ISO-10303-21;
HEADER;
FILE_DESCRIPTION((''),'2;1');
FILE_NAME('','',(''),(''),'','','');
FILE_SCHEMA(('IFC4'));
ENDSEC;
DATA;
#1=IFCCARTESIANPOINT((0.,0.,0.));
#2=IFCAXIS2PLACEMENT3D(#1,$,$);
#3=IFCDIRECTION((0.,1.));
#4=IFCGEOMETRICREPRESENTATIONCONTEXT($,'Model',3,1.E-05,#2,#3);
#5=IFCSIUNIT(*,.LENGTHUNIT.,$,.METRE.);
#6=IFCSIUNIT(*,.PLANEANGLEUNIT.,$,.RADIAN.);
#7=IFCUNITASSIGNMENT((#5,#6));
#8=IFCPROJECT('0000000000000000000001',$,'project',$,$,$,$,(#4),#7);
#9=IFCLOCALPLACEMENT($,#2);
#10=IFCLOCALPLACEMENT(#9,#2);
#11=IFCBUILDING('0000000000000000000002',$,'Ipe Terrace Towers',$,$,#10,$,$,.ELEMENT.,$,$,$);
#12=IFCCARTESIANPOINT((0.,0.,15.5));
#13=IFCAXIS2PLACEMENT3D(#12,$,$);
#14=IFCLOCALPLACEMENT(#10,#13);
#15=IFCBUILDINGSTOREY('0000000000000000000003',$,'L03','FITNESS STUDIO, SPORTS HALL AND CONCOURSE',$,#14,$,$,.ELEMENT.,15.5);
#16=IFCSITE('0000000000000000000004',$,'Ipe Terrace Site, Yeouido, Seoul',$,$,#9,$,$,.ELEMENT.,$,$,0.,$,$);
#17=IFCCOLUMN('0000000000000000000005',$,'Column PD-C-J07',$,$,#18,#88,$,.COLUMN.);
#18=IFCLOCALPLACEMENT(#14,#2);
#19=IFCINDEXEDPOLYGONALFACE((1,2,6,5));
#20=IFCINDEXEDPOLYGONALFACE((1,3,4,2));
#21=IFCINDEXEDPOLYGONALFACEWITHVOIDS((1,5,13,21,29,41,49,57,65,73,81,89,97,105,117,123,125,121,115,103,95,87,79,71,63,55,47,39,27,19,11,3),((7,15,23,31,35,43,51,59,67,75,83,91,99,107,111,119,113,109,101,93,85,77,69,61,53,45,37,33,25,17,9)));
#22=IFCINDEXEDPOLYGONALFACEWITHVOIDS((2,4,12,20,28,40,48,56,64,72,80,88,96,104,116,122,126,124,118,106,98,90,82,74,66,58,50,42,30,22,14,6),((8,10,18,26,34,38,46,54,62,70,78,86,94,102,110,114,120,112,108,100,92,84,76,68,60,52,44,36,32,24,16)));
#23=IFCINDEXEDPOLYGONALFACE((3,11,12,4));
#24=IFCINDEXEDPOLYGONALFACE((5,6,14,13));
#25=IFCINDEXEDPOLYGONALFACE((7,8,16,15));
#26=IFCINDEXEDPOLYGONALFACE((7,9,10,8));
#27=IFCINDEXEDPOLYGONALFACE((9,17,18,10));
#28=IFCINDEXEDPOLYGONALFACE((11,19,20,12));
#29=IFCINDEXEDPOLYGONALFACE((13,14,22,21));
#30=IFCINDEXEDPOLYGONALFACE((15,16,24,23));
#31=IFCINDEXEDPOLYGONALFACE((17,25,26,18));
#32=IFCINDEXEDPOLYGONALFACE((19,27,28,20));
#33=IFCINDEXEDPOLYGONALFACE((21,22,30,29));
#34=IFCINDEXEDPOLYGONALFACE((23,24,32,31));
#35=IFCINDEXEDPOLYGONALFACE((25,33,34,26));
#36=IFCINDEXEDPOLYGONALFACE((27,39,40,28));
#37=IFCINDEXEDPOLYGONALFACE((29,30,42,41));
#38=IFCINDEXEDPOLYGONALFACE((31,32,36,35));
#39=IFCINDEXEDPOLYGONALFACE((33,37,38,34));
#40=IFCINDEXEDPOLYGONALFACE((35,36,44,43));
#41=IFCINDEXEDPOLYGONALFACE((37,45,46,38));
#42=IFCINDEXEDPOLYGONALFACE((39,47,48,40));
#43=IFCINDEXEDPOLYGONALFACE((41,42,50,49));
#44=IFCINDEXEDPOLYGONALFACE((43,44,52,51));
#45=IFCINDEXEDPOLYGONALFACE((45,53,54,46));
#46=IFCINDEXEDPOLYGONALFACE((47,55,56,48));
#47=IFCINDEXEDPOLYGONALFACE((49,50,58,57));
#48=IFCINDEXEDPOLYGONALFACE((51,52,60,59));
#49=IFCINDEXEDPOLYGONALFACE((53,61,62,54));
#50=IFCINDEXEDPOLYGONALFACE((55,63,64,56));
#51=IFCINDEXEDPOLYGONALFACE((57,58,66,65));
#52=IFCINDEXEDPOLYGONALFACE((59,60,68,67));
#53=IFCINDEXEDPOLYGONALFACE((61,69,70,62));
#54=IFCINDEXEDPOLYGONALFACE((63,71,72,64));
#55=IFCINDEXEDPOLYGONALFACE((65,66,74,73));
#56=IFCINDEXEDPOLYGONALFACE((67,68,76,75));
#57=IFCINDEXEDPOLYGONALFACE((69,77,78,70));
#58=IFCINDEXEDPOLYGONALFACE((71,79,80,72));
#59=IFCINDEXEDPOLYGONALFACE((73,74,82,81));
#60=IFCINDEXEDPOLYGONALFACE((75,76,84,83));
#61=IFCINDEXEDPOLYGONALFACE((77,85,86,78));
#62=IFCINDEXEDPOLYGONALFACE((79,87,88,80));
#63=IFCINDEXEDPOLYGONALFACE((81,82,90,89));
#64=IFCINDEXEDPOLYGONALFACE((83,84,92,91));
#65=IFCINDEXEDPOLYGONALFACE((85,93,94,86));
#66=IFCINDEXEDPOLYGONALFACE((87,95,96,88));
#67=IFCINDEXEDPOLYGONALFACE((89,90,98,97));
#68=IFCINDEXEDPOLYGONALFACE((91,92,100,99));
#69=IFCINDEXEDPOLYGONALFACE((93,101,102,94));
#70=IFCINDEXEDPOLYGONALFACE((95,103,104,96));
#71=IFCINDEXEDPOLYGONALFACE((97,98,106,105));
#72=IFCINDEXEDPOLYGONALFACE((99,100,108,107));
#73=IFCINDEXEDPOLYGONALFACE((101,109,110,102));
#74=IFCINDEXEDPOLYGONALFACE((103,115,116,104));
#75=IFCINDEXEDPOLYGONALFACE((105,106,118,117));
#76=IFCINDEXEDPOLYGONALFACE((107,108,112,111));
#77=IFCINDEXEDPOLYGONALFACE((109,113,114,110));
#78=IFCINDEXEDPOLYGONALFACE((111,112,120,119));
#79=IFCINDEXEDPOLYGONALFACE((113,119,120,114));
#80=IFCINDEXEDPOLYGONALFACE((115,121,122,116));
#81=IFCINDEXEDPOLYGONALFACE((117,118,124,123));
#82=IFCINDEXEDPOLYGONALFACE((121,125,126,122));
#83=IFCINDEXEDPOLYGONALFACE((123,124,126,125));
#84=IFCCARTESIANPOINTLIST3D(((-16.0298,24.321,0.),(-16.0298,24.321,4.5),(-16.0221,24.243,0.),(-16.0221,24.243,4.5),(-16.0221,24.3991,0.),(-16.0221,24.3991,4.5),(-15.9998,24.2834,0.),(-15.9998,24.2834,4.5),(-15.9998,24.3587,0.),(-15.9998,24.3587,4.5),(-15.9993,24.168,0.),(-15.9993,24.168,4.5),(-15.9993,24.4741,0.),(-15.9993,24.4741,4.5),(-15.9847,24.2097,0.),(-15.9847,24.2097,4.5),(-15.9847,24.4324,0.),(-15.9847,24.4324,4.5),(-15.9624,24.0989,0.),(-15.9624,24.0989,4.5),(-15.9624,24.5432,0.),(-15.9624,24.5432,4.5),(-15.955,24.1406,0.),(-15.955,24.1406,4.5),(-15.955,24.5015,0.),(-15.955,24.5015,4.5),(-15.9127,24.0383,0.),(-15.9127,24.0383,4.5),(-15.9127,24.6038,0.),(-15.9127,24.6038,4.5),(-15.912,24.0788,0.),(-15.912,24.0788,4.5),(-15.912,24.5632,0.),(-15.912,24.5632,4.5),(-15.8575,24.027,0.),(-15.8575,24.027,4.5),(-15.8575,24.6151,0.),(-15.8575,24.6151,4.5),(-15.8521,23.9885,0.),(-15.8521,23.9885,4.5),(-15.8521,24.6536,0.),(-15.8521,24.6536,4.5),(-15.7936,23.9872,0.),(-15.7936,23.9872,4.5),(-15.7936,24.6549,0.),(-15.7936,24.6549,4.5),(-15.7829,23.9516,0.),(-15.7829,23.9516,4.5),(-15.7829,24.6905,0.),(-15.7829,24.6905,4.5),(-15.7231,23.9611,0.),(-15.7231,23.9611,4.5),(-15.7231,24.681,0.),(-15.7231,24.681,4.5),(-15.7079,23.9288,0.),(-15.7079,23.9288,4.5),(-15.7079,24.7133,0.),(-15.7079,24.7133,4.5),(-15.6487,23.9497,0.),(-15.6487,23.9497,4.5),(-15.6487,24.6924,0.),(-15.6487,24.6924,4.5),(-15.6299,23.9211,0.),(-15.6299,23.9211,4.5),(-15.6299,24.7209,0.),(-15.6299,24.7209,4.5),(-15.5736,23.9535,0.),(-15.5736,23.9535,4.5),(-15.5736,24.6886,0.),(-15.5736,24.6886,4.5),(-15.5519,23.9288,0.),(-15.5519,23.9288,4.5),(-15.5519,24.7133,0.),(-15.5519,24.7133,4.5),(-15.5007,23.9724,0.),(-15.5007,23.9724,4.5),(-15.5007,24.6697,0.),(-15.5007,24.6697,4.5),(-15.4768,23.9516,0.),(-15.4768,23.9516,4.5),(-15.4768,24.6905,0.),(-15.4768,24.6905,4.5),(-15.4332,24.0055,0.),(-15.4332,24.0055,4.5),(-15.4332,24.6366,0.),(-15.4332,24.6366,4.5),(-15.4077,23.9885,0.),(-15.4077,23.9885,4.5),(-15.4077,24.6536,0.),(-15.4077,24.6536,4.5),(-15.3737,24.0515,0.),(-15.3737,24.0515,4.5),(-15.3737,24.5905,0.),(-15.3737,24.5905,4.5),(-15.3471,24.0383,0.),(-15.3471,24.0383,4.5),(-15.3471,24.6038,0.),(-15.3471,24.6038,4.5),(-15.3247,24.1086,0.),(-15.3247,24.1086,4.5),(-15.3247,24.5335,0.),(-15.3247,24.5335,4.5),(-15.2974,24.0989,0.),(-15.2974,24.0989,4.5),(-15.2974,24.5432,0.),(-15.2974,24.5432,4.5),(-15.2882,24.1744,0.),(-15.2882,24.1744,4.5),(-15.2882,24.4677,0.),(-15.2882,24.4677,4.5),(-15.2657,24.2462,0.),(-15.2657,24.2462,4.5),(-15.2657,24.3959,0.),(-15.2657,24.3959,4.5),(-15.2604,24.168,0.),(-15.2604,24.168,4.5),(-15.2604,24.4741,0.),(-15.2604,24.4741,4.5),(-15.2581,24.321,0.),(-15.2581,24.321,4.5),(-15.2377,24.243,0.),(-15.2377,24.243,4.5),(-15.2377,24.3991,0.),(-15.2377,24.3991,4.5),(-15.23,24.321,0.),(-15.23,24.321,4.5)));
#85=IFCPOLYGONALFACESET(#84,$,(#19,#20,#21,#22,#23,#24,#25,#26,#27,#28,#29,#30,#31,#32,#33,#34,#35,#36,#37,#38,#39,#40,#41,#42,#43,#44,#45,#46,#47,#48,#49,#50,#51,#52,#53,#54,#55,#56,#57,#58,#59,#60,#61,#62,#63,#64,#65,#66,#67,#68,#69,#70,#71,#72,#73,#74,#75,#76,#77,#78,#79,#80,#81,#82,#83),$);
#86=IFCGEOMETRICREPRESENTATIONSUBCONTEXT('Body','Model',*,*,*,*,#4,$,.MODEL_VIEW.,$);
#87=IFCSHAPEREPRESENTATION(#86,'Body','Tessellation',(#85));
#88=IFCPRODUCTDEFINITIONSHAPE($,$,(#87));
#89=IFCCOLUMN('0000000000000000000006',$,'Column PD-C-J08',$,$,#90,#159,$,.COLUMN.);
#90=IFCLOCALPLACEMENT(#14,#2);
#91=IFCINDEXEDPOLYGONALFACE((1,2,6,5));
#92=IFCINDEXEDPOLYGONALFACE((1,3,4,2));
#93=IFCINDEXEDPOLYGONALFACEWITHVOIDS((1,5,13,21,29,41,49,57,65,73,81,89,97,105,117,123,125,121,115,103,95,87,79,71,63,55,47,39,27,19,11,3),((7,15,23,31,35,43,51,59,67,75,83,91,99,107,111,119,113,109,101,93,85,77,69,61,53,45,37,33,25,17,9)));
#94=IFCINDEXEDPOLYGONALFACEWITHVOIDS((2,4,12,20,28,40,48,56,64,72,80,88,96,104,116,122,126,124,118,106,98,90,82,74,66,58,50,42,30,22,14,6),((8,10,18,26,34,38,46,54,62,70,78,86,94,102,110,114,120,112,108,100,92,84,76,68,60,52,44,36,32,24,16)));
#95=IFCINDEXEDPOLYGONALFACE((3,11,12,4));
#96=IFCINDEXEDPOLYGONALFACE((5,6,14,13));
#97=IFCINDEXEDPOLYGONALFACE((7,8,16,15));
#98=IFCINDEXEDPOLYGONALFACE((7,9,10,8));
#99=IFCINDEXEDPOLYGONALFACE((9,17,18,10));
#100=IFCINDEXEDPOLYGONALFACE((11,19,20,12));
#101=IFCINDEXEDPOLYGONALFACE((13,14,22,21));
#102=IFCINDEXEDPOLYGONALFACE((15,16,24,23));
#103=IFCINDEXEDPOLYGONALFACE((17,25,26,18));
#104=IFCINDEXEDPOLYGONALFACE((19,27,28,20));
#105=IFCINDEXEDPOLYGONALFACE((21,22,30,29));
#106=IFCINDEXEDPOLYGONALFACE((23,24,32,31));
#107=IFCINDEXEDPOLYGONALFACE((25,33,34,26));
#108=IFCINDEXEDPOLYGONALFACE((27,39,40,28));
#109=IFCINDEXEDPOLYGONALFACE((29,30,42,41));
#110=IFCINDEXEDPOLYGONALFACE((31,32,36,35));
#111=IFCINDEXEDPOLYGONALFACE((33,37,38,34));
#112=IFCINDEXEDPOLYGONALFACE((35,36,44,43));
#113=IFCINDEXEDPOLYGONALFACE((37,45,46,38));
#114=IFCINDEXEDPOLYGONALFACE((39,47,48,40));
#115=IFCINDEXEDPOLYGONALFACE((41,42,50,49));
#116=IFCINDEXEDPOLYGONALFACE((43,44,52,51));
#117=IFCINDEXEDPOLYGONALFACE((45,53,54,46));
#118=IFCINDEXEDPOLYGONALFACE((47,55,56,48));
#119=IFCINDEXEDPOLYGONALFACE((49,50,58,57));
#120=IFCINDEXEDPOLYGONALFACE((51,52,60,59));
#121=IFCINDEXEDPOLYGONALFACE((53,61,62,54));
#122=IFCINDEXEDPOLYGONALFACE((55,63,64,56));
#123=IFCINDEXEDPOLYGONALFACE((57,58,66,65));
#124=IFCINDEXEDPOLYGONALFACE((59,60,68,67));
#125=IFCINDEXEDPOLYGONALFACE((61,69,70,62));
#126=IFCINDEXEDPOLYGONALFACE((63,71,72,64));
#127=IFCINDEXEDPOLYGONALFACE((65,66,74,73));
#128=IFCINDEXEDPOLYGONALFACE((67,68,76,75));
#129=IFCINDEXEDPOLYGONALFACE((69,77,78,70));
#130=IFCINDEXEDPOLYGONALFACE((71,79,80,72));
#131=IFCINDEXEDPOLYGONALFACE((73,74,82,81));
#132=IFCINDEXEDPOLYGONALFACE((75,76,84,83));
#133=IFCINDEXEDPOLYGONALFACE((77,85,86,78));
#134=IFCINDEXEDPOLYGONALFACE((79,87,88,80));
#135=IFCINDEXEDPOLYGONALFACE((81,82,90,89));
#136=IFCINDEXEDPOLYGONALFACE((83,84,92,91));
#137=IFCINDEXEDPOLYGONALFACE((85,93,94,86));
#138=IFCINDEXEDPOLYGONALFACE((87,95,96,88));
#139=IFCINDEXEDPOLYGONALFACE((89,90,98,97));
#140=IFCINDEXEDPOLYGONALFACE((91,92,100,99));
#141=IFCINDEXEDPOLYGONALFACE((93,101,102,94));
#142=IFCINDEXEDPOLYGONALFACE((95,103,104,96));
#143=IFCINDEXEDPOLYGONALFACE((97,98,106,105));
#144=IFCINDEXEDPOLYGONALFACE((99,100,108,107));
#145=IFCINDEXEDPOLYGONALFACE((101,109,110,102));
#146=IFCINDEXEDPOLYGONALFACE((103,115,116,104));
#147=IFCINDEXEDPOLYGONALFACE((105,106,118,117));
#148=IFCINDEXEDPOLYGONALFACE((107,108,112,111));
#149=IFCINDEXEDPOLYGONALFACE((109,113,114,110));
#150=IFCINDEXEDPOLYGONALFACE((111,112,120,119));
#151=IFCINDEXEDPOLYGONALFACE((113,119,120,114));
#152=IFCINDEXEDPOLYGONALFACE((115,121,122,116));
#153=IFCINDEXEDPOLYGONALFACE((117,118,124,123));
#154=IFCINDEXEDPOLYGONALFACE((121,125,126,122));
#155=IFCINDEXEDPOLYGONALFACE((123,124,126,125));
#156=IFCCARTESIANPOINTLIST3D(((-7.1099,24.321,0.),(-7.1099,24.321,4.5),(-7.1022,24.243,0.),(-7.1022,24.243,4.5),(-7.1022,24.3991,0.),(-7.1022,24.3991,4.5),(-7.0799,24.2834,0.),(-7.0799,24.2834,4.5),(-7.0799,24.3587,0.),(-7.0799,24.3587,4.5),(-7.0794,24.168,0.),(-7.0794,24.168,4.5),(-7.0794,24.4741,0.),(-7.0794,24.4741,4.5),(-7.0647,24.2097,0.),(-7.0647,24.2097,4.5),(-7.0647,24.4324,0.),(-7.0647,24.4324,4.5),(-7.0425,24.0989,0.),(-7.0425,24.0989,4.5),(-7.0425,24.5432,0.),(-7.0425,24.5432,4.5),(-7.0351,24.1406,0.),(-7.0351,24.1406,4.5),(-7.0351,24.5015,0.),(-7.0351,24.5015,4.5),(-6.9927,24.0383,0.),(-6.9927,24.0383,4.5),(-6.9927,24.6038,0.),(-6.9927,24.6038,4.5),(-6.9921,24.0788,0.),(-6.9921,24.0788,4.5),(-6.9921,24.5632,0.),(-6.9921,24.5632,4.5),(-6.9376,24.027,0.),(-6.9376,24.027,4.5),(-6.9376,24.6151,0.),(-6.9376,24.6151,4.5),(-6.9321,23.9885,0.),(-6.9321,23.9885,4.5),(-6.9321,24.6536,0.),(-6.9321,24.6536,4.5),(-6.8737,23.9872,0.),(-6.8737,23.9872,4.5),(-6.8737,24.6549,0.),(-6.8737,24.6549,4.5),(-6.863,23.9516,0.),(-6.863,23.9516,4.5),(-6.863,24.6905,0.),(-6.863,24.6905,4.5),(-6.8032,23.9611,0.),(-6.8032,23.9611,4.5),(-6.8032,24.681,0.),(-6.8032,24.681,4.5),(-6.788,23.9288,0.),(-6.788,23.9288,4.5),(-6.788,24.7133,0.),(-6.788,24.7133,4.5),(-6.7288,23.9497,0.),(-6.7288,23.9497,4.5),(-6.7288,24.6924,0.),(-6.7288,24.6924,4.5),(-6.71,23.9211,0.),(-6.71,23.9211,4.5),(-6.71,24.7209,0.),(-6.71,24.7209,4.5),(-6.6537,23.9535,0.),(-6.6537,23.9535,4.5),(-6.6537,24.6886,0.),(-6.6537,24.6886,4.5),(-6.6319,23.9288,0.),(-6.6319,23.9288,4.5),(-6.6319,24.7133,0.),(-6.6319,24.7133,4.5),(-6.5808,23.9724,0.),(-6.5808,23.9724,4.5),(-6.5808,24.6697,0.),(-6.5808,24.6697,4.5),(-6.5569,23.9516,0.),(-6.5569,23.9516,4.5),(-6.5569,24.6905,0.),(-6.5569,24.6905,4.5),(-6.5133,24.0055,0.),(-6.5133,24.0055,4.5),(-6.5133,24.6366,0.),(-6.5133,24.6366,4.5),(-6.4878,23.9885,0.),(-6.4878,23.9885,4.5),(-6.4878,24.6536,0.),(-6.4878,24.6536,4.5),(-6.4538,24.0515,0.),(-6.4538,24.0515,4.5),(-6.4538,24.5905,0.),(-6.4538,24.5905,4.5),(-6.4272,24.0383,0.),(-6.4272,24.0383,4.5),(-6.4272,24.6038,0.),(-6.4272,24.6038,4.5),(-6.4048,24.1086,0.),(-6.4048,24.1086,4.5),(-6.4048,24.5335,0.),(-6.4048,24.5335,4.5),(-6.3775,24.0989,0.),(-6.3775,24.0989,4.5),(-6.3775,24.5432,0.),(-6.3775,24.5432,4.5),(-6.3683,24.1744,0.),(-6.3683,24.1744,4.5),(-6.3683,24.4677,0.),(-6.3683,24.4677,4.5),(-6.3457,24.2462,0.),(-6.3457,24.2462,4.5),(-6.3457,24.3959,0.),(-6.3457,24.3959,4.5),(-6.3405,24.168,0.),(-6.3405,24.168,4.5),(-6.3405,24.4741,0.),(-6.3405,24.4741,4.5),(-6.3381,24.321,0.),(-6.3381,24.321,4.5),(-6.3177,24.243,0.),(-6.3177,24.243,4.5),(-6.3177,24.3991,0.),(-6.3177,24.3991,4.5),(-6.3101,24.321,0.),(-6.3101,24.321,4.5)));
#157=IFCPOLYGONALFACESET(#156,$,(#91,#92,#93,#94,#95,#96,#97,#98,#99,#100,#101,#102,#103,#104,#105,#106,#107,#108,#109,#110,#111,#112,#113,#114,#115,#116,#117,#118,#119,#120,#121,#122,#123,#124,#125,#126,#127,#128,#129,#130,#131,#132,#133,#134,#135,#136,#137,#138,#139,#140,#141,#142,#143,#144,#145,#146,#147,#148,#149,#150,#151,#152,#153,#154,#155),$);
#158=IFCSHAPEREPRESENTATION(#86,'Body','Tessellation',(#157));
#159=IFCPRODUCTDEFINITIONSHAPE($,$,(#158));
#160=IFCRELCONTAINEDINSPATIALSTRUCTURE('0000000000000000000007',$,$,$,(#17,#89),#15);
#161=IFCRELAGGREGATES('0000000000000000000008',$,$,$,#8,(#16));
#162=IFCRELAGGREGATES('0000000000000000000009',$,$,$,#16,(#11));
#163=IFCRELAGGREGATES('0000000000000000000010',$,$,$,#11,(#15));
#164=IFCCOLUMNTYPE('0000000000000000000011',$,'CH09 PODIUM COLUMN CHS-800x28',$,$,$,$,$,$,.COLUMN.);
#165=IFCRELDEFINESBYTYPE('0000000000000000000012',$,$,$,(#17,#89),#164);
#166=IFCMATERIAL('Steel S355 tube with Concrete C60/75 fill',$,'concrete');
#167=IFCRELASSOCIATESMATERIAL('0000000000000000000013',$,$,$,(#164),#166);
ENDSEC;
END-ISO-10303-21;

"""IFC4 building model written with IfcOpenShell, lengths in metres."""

from ifc_helpers import new_model, si_unit, direction, frame, origin, origin_2d, place, context, subcontext, project, spatial, hollow_circle, extrude, material, material_profile, profile_set, type_object, element, save


model = new_model("IFC4")

# Units and contexts
model_context = context("Model", 3, precision=1e-05, world=origin(), true_north=direction((0.0, 1.0)))
body_context = subcontext(model_context, "Body", "Model", "MODEL_VIEW")
ifc_project = project(units=[si_unit("LENGTHUNIT", "METRE"), si_unit("PLANEANGLEUNIT", "RADIAN")], contexts=[model_context])

# Site, building, storey
site_placement = place(None, origin())
site = spatial("IfcSite", under=ifc_project, at=site_placement, Name="Ipe Terrace Site, Yeouido, Seoul", CompositionType="ELEMENT", RefElevation=0.0)
building_placement = place(site_placement, origin())
building = spatial("IfcBuilding", under=site, at=building_placement, Name="Ipe Terrace Towers", CompositionType="ELEMENT")
storey_placement = place(building_placement, frame((0.0, 0.0, 15.5)))
storey = spatial("IfcBuildingStorey", under=building, at=storey_placement, Name="L03", Description="FITNESS STUDIO, SPORTS HALL AND CONCOURSE", CompositionType="ELEMENT", Elevation=15.5)

# Columns
ifc_material_1 = material(Name="Steel S355 tube with Concrete C60/75 fill", Category="concrete")
ifc_material_profile_1 = material_profile(ifc_material_1, hollow_circle(Radius=0.3999, WallThickness=0.0281, at=origin_2d()), Name="CHS-800x28")
ifc_profile_set_1 = profile_set([ifc_material_profile_1], Name="Steel S355 tube with Concrete C60/75 fill")
column_type = type_object("IfcColumnType", Name="CH09 PODIUM COLUMN CHS-800x28", PredefinedType="COLUMN", material=ifc_profile_set_1)
for number, where, z_axis, x_axis, name in (
    (1, (-15.6299, 24.321, 0.0), (0.0, 0.0, 1.0), (1.0, 0.0, 0.0), "Column PD-C-J07"),
    (2, (-6.71, 24.321, 0.0), (0.0, 0.0, 1.0), (1.0, 0.0, 0.0), "Column PD-C-J08"),
):
    element("IfcColumn", number, at=place(storey_placement, frame(where, z_axis=z_axis, x_axis=x_axis)), inside=storey, type_object=column_type, Name=name, PredefinedType="COLUMN", context=body_context, shape_type="SweptSolid", body=[
        extrude(hollow_circle(Radius=0.3999, WallThickness=0.0281, at=origin_2d()), origin(), (0.0, 0.0, 1.0), 4.5),
    ])

save(model, "model.ifc")
